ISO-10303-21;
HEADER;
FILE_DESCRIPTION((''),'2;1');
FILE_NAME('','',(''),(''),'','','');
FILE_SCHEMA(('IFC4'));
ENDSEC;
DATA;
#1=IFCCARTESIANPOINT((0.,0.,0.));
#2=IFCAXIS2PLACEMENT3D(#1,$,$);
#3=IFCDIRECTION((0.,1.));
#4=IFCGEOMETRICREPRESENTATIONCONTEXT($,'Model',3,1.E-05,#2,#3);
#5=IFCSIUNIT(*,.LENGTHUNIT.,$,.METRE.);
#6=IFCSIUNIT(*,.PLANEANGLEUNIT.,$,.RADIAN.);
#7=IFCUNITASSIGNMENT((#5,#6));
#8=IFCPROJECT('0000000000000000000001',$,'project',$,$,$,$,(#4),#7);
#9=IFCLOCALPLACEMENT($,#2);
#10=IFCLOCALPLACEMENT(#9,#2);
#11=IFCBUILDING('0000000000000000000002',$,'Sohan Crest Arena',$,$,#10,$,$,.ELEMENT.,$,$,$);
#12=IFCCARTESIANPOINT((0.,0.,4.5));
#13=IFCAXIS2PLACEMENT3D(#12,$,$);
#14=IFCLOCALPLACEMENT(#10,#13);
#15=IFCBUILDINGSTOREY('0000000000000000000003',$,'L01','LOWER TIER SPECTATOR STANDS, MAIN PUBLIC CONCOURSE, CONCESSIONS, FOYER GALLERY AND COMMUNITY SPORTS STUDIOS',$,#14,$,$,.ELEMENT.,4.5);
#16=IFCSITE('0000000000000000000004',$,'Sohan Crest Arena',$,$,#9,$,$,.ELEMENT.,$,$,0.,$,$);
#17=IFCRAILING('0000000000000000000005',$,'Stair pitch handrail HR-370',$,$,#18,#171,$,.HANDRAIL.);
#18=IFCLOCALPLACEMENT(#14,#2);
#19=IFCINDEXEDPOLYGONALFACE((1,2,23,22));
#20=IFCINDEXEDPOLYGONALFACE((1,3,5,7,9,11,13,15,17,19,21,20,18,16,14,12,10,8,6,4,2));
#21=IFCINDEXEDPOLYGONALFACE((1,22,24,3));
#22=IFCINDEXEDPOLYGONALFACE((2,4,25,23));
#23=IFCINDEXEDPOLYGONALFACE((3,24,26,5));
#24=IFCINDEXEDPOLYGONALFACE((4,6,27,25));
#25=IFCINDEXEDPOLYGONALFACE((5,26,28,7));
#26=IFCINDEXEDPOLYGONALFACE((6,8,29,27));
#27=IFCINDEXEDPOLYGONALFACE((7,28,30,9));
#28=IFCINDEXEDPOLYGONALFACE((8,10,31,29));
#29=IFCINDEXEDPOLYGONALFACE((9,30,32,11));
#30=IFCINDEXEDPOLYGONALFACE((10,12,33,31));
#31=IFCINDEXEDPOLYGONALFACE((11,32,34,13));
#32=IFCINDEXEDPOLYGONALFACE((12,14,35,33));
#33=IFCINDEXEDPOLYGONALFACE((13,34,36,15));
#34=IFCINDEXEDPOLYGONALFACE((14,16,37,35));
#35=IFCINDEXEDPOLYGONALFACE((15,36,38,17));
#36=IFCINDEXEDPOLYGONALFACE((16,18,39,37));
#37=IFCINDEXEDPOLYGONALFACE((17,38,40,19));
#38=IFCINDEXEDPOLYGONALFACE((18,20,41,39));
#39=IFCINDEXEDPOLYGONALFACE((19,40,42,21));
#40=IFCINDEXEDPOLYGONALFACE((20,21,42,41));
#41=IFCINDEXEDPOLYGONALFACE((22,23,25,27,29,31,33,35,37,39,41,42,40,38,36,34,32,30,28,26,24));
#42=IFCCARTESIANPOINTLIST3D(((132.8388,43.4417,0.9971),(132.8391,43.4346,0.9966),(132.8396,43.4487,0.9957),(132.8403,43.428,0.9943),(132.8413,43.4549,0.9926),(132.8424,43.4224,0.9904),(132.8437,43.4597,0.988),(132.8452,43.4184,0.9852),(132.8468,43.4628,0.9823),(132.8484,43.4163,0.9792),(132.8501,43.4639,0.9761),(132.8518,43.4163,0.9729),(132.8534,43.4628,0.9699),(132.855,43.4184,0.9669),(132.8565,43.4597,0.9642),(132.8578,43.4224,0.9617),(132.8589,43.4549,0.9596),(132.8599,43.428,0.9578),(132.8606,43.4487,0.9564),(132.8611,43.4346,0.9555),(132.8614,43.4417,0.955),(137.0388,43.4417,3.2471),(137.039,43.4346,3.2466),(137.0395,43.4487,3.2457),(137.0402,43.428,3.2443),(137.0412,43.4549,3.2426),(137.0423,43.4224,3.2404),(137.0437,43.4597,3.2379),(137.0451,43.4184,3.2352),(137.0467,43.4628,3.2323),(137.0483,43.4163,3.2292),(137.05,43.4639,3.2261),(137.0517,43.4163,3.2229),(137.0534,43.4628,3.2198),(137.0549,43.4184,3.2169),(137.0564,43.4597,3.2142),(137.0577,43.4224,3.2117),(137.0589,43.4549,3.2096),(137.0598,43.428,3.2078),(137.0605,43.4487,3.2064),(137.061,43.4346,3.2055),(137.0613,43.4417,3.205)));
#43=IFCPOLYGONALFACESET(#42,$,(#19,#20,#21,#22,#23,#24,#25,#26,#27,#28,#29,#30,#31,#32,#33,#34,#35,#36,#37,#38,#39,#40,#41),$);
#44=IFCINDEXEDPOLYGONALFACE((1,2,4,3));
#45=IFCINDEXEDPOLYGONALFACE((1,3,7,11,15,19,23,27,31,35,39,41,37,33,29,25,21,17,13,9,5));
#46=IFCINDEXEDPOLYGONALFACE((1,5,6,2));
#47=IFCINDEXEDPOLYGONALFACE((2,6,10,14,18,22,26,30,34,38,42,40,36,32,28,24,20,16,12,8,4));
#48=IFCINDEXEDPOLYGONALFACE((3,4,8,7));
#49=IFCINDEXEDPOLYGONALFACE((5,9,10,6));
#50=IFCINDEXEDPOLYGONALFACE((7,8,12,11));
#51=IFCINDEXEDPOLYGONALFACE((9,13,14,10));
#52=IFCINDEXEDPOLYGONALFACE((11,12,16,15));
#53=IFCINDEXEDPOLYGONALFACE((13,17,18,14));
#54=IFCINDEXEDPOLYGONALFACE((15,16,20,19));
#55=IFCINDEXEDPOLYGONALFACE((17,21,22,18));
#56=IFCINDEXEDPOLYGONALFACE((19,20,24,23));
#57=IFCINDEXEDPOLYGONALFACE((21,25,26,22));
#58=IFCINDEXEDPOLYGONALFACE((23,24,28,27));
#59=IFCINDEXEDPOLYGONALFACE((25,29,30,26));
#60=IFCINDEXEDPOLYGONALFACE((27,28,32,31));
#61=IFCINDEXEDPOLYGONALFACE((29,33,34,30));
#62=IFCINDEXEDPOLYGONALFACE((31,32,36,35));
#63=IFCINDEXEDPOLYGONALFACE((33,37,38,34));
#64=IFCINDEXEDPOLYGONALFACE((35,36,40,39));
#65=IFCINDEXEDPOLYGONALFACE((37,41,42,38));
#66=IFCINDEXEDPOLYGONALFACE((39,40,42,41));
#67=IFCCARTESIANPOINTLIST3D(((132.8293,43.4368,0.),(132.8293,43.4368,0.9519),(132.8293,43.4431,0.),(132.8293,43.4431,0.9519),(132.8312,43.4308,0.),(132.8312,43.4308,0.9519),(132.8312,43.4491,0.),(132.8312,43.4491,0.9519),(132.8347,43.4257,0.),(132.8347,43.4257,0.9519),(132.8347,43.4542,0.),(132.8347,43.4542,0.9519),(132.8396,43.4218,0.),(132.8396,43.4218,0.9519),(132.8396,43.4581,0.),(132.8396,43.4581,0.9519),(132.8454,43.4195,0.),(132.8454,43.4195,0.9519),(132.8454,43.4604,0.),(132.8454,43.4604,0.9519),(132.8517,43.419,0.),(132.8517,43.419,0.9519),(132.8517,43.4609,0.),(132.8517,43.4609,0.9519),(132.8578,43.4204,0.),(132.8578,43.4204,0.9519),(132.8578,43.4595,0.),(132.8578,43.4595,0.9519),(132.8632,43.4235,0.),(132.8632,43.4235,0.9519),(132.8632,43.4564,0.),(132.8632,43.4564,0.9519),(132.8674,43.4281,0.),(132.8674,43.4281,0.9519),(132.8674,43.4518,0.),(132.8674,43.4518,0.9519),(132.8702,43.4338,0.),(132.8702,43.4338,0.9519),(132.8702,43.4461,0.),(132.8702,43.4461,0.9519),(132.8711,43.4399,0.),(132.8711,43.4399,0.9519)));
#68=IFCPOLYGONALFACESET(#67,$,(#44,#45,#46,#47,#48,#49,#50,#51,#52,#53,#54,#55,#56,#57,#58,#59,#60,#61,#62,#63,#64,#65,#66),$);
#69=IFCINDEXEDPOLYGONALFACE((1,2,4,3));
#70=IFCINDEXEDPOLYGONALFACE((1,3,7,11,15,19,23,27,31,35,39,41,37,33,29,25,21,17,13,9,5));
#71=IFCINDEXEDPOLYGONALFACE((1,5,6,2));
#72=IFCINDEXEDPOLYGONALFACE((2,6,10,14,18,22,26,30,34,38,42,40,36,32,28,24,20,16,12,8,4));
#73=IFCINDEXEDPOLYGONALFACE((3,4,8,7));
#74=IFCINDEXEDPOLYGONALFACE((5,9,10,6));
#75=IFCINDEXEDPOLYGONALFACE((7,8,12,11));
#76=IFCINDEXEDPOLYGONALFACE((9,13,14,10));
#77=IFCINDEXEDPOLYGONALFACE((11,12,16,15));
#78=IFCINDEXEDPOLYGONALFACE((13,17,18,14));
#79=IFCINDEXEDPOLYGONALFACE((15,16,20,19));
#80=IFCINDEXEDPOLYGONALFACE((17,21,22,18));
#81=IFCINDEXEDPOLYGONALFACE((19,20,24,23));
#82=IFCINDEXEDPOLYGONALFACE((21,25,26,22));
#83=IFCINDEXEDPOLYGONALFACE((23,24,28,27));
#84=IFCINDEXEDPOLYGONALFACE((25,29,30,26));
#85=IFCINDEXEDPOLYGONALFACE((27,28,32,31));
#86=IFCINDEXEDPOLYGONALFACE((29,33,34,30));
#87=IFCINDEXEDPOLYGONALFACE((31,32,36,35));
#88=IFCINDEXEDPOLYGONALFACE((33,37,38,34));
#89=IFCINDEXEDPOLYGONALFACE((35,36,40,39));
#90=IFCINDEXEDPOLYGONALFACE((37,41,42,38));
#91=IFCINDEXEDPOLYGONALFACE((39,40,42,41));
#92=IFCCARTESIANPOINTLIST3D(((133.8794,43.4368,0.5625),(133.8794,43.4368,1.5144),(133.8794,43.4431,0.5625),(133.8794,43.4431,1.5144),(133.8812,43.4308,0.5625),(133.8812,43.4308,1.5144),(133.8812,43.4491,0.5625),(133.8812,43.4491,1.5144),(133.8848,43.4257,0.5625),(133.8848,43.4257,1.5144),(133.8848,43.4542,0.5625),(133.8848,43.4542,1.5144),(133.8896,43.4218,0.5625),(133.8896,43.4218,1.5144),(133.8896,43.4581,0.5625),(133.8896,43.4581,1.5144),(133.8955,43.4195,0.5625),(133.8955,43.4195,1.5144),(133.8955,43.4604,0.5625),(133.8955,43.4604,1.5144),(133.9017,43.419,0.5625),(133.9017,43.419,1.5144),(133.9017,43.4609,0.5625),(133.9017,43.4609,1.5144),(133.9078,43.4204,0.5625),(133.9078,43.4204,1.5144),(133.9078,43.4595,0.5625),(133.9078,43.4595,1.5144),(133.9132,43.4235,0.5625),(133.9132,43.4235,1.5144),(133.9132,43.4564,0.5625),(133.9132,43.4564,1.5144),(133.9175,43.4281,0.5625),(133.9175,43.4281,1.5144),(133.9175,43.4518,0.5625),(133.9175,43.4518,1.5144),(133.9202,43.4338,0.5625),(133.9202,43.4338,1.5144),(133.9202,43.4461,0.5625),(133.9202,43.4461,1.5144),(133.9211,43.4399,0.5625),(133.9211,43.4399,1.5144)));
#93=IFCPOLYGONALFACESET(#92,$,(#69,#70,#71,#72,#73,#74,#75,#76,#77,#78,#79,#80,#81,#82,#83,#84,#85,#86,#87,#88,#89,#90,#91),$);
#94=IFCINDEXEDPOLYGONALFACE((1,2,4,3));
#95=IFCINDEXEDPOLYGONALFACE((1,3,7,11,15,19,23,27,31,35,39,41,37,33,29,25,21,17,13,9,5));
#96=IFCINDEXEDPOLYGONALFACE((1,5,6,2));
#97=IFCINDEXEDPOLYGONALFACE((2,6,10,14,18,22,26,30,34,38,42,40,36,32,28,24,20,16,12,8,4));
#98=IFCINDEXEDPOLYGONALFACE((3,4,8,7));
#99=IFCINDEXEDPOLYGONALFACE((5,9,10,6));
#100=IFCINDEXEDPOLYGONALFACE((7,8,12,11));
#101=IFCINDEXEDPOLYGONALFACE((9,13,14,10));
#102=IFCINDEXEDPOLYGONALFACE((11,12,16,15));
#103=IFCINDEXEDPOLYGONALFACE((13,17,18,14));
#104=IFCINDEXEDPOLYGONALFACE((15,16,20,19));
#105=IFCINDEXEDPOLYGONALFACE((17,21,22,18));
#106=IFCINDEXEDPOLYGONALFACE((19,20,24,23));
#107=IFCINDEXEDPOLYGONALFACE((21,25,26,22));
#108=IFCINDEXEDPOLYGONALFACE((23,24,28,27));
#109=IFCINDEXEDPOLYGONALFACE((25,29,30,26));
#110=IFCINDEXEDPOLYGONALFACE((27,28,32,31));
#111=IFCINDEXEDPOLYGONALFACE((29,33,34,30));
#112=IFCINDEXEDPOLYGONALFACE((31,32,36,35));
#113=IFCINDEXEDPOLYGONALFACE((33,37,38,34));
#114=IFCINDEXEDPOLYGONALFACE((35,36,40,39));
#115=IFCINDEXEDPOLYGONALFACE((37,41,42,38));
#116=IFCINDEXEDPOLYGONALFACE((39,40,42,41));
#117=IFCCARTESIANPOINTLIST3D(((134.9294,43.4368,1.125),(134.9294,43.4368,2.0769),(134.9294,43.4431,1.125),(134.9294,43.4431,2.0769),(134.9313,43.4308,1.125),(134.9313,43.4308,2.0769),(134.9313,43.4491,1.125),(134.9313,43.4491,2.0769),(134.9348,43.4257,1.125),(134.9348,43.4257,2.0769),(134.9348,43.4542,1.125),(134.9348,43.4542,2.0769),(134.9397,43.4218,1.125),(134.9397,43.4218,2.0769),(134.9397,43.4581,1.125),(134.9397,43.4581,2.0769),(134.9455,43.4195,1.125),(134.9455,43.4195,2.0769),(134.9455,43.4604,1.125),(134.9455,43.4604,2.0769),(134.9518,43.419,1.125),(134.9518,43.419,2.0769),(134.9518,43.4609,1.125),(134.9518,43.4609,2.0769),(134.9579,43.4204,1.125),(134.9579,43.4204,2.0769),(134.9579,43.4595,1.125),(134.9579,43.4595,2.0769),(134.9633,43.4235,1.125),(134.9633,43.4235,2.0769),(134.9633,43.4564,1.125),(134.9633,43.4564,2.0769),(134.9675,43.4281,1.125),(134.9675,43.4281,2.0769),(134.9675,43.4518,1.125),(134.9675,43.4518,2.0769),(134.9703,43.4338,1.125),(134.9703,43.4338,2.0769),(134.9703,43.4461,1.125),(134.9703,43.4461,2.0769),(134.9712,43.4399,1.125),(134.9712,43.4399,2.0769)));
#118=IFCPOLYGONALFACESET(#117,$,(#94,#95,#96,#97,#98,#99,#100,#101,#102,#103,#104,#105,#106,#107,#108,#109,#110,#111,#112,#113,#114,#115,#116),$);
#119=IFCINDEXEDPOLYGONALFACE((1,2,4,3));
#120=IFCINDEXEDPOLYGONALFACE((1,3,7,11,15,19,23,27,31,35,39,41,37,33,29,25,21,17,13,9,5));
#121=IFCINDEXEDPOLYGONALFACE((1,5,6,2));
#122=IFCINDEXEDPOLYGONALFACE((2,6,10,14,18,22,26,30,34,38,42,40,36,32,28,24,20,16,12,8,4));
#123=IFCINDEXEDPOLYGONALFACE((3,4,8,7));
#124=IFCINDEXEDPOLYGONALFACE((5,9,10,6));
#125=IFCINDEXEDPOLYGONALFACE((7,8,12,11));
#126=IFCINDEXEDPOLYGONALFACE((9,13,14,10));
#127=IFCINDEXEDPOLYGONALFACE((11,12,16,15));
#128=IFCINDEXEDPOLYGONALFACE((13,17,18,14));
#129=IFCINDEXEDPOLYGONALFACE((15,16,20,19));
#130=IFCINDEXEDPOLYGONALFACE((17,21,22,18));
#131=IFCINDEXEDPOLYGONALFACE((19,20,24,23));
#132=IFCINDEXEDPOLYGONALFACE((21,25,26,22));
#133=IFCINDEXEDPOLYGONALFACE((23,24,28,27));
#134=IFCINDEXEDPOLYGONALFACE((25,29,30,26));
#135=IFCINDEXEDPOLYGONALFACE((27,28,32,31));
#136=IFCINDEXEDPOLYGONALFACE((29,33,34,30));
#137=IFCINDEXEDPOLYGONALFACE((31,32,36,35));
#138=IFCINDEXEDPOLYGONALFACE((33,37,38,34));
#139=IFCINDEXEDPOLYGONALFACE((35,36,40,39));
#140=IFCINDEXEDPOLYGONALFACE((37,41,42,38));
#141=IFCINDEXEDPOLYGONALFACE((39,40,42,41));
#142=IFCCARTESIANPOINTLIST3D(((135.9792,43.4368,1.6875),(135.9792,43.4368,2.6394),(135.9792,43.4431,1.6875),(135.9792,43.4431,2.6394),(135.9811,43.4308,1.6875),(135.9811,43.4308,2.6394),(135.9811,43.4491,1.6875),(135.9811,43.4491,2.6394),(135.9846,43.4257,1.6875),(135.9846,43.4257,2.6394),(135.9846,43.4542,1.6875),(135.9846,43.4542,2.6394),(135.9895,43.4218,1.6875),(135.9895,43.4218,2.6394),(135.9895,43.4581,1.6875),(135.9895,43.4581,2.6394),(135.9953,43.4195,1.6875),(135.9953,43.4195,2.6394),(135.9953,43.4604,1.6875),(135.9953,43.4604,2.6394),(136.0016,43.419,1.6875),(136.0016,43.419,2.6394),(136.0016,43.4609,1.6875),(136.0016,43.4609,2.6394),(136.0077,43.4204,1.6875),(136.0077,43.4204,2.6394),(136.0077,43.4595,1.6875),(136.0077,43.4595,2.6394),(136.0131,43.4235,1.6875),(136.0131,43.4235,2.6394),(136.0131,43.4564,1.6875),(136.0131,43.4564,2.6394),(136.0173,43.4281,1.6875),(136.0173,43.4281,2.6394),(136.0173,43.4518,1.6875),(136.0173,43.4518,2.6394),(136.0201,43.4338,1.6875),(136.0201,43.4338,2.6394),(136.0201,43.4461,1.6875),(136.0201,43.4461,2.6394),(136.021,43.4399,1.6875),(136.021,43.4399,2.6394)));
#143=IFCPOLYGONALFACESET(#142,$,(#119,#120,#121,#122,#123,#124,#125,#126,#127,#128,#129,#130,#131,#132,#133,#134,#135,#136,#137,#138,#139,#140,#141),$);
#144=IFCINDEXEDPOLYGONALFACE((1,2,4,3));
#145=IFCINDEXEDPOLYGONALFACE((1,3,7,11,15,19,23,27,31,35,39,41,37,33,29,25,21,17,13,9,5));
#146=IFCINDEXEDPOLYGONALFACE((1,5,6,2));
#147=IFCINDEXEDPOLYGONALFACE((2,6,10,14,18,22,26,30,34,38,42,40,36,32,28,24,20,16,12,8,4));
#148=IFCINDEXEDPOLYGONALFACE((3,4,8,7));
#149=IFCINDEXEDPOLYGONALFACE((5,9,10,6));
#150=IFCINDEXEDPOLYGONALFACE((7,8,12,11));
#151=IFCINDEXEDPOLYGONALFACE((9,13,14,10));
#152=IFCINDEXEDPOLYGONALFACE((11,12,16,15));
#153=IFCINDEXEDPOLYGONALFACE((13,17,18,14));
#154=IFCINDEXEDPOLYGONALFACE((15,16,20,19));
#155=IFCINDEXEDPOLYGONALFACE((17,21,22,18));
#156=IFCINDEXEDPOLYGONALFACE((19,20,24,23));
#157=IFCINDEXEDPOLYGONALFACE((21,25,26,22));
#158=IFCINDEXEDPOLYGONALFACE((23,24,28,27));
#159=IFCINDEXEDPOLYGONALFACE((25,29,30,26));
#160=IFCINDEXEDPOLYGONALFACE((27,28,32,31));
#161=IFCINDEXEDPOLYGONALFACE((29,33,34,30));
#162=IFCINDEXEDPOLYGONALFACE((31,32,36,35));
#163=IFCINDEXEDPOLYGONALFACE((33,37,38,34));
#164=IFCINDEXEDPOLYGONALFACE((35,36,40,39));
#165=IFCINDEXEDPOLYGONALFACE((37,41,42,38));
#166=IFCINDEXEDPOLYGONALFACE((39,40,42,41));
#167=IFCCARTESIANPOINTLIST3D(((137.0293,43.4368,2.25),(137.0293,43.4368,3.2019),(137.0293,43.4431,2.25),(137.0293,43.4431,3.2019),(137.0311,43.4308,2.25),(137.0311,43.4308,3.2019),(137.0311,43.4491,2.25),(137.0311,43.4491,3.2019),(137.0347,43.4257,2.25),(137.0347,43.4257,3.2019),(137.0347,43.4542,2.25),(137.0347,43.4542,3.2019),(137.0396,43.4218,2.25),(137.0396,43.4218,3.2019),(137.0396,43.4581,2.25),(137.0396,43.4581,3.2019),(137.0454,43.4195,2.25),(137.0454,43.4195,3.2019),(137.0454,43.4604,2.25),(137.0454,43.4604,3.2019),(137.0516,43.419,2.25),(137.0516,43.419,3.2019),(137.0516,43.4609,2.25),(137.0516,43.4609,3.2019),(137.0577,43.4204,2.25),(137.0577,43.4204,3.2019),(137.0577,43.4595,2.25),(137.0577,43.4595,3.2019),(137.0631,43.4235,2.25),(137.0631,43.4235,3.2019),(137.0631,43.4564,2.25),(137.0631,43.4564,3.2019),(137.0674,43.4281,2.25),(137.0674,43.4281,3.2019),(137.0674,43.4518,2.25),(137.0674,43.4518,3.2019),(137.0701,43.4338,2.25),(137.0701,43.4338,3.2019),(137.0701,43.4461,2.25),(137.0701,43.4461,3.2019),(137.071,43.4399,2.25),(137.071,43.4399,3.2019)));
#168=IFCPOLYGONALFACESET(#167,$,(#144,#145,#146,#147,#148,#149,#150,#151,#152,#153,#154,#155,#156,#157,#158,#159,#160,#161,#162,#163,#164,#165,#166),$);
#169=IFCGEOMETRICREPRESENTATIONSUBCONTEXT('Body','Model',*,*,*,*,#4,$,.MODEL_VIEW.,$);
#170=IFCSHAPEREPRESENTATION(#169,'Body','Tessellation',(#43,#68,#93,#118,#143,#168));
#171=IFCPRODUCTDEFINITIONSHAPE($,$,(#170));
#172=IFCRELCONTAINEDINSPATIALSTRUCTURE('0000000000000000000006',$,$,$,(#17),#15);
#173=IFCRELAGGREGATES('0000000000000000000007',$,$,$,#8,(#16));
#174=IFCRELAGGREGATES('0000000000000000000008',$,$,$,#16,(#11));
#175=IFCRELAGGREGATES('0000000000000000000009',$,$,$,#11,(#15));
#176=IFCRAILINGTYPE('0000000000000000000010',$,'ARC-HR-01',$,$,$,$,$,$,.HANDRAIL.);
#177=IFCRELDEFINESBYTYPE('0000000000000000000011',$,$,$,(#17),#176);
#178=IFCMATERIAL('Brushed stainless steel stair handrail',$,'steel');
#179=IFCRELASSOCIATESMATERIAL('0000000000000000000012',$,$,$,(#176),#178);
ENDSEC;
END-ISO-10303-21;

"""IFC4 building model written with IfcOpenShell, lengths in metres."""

from ifc_helpers import new_model, si_unit, direction, frame, origin, origin_2d, place, context, subcontext, project, spatial, circle, extrude, material, type_object, element, save


model = new_model("IFC4")

# Units and contexts
model_context = context("Model", 3, precision=1e-05, world=origin(), true_north=direction((0.0, 1.0)))
body_context = subcontext(model_context, "Body", "Model", "MODEL_VIEW")
ifc_project = project(units=[si_unit("LENGTHUNIT", "METRE"), si_unit("PLANEANGLEUNIT", "RADIAN")], contexts=[model_context])

# Site, building, storey
site_placement = place(None, origin())
site = spatial("IfcSite", under=ifc_project, at=site_placement, Name="Sohan Crest Arena", CompositionType="ELEMENT", RefElevation=0.0)
building_placement = place(site_placement, origin())
building = spatial("IfcBuilding", under=site, at=building_placement, Name="Sohan Crest Arena", CompositionType="ELEMENT")
storey_placement = place(building_placement, frame((0.0, 0.0, 4.5)))
storey = spatial("IfcBuildingStorey", under=building, at=storey_placement, Name="L01", Description="LOWER TIER SPECTATOR STANDS, MAIN PUBLIC CONCOURSE, CONCESSIONS, FOYER GALLERY AND COMMUNITY SPORTS STUDIOS", CompositionType="ELEMENT", Elevation=4.5)

# Railing
ifc_material_1 = material(Name="Brushed stainless steel stair handrail", Category="steel")
railing_type_1 = type_object("IfcRailingType", Name="ARC-HR-01", PredefinedType="HANDRAIL", material=ifc_material_1)
for number, where, name in (
    (1, (132.8501, 43.4399, 0.0), "Stair pitch handrail HR-370"),
):
    element("IfcRailing", number, at=place(storey_placement, frame(where)), inside=storey, type_object=railing_type_1, Name=name, PredefinedType="HANDRAIL", context=body_context, shape_type="SweptSolid", body=[
        extrude(circle(Radius=0.0239, at=origin_2d()), frame((0.0, 0.0, 0.9761), z_axis=(0.881478, 0.0, 0.472226), x_axis=(0.0, 1.0, 0.0)), (0.0, 0.0, 1.0), 4.7646),
        extrude(circle(Radius=0.021, at=origin_2d()), origin(), (0.0, 0.0, 1.0), 0.9519),
        extrude(circle(Radius=0.021, at=origin_2d()), frame((1.05, 0.0, 0.5625)), (0.0, 0.0, 1.0), 0.9519),
        extrude(circle(Radius=0.021, at=origin_2d()), frame((2.1001, 0.0, 1.125)), (0.0, 0.0, 1.0), 0.9519),
        extrude(circle(Radius=0.021, at=origin_2d()), frame((3.1499, 0.0, 1.6875)), (0.0, 0.0, 1.0), 0.9519),
        extrude(circle(Radius=0.021, at=origin_2d()), frame((4.2, 0.0, 2.25)), (0.0, 0.0, 1.0), 0.9519),
    ])

save(model, "model.ifc")
